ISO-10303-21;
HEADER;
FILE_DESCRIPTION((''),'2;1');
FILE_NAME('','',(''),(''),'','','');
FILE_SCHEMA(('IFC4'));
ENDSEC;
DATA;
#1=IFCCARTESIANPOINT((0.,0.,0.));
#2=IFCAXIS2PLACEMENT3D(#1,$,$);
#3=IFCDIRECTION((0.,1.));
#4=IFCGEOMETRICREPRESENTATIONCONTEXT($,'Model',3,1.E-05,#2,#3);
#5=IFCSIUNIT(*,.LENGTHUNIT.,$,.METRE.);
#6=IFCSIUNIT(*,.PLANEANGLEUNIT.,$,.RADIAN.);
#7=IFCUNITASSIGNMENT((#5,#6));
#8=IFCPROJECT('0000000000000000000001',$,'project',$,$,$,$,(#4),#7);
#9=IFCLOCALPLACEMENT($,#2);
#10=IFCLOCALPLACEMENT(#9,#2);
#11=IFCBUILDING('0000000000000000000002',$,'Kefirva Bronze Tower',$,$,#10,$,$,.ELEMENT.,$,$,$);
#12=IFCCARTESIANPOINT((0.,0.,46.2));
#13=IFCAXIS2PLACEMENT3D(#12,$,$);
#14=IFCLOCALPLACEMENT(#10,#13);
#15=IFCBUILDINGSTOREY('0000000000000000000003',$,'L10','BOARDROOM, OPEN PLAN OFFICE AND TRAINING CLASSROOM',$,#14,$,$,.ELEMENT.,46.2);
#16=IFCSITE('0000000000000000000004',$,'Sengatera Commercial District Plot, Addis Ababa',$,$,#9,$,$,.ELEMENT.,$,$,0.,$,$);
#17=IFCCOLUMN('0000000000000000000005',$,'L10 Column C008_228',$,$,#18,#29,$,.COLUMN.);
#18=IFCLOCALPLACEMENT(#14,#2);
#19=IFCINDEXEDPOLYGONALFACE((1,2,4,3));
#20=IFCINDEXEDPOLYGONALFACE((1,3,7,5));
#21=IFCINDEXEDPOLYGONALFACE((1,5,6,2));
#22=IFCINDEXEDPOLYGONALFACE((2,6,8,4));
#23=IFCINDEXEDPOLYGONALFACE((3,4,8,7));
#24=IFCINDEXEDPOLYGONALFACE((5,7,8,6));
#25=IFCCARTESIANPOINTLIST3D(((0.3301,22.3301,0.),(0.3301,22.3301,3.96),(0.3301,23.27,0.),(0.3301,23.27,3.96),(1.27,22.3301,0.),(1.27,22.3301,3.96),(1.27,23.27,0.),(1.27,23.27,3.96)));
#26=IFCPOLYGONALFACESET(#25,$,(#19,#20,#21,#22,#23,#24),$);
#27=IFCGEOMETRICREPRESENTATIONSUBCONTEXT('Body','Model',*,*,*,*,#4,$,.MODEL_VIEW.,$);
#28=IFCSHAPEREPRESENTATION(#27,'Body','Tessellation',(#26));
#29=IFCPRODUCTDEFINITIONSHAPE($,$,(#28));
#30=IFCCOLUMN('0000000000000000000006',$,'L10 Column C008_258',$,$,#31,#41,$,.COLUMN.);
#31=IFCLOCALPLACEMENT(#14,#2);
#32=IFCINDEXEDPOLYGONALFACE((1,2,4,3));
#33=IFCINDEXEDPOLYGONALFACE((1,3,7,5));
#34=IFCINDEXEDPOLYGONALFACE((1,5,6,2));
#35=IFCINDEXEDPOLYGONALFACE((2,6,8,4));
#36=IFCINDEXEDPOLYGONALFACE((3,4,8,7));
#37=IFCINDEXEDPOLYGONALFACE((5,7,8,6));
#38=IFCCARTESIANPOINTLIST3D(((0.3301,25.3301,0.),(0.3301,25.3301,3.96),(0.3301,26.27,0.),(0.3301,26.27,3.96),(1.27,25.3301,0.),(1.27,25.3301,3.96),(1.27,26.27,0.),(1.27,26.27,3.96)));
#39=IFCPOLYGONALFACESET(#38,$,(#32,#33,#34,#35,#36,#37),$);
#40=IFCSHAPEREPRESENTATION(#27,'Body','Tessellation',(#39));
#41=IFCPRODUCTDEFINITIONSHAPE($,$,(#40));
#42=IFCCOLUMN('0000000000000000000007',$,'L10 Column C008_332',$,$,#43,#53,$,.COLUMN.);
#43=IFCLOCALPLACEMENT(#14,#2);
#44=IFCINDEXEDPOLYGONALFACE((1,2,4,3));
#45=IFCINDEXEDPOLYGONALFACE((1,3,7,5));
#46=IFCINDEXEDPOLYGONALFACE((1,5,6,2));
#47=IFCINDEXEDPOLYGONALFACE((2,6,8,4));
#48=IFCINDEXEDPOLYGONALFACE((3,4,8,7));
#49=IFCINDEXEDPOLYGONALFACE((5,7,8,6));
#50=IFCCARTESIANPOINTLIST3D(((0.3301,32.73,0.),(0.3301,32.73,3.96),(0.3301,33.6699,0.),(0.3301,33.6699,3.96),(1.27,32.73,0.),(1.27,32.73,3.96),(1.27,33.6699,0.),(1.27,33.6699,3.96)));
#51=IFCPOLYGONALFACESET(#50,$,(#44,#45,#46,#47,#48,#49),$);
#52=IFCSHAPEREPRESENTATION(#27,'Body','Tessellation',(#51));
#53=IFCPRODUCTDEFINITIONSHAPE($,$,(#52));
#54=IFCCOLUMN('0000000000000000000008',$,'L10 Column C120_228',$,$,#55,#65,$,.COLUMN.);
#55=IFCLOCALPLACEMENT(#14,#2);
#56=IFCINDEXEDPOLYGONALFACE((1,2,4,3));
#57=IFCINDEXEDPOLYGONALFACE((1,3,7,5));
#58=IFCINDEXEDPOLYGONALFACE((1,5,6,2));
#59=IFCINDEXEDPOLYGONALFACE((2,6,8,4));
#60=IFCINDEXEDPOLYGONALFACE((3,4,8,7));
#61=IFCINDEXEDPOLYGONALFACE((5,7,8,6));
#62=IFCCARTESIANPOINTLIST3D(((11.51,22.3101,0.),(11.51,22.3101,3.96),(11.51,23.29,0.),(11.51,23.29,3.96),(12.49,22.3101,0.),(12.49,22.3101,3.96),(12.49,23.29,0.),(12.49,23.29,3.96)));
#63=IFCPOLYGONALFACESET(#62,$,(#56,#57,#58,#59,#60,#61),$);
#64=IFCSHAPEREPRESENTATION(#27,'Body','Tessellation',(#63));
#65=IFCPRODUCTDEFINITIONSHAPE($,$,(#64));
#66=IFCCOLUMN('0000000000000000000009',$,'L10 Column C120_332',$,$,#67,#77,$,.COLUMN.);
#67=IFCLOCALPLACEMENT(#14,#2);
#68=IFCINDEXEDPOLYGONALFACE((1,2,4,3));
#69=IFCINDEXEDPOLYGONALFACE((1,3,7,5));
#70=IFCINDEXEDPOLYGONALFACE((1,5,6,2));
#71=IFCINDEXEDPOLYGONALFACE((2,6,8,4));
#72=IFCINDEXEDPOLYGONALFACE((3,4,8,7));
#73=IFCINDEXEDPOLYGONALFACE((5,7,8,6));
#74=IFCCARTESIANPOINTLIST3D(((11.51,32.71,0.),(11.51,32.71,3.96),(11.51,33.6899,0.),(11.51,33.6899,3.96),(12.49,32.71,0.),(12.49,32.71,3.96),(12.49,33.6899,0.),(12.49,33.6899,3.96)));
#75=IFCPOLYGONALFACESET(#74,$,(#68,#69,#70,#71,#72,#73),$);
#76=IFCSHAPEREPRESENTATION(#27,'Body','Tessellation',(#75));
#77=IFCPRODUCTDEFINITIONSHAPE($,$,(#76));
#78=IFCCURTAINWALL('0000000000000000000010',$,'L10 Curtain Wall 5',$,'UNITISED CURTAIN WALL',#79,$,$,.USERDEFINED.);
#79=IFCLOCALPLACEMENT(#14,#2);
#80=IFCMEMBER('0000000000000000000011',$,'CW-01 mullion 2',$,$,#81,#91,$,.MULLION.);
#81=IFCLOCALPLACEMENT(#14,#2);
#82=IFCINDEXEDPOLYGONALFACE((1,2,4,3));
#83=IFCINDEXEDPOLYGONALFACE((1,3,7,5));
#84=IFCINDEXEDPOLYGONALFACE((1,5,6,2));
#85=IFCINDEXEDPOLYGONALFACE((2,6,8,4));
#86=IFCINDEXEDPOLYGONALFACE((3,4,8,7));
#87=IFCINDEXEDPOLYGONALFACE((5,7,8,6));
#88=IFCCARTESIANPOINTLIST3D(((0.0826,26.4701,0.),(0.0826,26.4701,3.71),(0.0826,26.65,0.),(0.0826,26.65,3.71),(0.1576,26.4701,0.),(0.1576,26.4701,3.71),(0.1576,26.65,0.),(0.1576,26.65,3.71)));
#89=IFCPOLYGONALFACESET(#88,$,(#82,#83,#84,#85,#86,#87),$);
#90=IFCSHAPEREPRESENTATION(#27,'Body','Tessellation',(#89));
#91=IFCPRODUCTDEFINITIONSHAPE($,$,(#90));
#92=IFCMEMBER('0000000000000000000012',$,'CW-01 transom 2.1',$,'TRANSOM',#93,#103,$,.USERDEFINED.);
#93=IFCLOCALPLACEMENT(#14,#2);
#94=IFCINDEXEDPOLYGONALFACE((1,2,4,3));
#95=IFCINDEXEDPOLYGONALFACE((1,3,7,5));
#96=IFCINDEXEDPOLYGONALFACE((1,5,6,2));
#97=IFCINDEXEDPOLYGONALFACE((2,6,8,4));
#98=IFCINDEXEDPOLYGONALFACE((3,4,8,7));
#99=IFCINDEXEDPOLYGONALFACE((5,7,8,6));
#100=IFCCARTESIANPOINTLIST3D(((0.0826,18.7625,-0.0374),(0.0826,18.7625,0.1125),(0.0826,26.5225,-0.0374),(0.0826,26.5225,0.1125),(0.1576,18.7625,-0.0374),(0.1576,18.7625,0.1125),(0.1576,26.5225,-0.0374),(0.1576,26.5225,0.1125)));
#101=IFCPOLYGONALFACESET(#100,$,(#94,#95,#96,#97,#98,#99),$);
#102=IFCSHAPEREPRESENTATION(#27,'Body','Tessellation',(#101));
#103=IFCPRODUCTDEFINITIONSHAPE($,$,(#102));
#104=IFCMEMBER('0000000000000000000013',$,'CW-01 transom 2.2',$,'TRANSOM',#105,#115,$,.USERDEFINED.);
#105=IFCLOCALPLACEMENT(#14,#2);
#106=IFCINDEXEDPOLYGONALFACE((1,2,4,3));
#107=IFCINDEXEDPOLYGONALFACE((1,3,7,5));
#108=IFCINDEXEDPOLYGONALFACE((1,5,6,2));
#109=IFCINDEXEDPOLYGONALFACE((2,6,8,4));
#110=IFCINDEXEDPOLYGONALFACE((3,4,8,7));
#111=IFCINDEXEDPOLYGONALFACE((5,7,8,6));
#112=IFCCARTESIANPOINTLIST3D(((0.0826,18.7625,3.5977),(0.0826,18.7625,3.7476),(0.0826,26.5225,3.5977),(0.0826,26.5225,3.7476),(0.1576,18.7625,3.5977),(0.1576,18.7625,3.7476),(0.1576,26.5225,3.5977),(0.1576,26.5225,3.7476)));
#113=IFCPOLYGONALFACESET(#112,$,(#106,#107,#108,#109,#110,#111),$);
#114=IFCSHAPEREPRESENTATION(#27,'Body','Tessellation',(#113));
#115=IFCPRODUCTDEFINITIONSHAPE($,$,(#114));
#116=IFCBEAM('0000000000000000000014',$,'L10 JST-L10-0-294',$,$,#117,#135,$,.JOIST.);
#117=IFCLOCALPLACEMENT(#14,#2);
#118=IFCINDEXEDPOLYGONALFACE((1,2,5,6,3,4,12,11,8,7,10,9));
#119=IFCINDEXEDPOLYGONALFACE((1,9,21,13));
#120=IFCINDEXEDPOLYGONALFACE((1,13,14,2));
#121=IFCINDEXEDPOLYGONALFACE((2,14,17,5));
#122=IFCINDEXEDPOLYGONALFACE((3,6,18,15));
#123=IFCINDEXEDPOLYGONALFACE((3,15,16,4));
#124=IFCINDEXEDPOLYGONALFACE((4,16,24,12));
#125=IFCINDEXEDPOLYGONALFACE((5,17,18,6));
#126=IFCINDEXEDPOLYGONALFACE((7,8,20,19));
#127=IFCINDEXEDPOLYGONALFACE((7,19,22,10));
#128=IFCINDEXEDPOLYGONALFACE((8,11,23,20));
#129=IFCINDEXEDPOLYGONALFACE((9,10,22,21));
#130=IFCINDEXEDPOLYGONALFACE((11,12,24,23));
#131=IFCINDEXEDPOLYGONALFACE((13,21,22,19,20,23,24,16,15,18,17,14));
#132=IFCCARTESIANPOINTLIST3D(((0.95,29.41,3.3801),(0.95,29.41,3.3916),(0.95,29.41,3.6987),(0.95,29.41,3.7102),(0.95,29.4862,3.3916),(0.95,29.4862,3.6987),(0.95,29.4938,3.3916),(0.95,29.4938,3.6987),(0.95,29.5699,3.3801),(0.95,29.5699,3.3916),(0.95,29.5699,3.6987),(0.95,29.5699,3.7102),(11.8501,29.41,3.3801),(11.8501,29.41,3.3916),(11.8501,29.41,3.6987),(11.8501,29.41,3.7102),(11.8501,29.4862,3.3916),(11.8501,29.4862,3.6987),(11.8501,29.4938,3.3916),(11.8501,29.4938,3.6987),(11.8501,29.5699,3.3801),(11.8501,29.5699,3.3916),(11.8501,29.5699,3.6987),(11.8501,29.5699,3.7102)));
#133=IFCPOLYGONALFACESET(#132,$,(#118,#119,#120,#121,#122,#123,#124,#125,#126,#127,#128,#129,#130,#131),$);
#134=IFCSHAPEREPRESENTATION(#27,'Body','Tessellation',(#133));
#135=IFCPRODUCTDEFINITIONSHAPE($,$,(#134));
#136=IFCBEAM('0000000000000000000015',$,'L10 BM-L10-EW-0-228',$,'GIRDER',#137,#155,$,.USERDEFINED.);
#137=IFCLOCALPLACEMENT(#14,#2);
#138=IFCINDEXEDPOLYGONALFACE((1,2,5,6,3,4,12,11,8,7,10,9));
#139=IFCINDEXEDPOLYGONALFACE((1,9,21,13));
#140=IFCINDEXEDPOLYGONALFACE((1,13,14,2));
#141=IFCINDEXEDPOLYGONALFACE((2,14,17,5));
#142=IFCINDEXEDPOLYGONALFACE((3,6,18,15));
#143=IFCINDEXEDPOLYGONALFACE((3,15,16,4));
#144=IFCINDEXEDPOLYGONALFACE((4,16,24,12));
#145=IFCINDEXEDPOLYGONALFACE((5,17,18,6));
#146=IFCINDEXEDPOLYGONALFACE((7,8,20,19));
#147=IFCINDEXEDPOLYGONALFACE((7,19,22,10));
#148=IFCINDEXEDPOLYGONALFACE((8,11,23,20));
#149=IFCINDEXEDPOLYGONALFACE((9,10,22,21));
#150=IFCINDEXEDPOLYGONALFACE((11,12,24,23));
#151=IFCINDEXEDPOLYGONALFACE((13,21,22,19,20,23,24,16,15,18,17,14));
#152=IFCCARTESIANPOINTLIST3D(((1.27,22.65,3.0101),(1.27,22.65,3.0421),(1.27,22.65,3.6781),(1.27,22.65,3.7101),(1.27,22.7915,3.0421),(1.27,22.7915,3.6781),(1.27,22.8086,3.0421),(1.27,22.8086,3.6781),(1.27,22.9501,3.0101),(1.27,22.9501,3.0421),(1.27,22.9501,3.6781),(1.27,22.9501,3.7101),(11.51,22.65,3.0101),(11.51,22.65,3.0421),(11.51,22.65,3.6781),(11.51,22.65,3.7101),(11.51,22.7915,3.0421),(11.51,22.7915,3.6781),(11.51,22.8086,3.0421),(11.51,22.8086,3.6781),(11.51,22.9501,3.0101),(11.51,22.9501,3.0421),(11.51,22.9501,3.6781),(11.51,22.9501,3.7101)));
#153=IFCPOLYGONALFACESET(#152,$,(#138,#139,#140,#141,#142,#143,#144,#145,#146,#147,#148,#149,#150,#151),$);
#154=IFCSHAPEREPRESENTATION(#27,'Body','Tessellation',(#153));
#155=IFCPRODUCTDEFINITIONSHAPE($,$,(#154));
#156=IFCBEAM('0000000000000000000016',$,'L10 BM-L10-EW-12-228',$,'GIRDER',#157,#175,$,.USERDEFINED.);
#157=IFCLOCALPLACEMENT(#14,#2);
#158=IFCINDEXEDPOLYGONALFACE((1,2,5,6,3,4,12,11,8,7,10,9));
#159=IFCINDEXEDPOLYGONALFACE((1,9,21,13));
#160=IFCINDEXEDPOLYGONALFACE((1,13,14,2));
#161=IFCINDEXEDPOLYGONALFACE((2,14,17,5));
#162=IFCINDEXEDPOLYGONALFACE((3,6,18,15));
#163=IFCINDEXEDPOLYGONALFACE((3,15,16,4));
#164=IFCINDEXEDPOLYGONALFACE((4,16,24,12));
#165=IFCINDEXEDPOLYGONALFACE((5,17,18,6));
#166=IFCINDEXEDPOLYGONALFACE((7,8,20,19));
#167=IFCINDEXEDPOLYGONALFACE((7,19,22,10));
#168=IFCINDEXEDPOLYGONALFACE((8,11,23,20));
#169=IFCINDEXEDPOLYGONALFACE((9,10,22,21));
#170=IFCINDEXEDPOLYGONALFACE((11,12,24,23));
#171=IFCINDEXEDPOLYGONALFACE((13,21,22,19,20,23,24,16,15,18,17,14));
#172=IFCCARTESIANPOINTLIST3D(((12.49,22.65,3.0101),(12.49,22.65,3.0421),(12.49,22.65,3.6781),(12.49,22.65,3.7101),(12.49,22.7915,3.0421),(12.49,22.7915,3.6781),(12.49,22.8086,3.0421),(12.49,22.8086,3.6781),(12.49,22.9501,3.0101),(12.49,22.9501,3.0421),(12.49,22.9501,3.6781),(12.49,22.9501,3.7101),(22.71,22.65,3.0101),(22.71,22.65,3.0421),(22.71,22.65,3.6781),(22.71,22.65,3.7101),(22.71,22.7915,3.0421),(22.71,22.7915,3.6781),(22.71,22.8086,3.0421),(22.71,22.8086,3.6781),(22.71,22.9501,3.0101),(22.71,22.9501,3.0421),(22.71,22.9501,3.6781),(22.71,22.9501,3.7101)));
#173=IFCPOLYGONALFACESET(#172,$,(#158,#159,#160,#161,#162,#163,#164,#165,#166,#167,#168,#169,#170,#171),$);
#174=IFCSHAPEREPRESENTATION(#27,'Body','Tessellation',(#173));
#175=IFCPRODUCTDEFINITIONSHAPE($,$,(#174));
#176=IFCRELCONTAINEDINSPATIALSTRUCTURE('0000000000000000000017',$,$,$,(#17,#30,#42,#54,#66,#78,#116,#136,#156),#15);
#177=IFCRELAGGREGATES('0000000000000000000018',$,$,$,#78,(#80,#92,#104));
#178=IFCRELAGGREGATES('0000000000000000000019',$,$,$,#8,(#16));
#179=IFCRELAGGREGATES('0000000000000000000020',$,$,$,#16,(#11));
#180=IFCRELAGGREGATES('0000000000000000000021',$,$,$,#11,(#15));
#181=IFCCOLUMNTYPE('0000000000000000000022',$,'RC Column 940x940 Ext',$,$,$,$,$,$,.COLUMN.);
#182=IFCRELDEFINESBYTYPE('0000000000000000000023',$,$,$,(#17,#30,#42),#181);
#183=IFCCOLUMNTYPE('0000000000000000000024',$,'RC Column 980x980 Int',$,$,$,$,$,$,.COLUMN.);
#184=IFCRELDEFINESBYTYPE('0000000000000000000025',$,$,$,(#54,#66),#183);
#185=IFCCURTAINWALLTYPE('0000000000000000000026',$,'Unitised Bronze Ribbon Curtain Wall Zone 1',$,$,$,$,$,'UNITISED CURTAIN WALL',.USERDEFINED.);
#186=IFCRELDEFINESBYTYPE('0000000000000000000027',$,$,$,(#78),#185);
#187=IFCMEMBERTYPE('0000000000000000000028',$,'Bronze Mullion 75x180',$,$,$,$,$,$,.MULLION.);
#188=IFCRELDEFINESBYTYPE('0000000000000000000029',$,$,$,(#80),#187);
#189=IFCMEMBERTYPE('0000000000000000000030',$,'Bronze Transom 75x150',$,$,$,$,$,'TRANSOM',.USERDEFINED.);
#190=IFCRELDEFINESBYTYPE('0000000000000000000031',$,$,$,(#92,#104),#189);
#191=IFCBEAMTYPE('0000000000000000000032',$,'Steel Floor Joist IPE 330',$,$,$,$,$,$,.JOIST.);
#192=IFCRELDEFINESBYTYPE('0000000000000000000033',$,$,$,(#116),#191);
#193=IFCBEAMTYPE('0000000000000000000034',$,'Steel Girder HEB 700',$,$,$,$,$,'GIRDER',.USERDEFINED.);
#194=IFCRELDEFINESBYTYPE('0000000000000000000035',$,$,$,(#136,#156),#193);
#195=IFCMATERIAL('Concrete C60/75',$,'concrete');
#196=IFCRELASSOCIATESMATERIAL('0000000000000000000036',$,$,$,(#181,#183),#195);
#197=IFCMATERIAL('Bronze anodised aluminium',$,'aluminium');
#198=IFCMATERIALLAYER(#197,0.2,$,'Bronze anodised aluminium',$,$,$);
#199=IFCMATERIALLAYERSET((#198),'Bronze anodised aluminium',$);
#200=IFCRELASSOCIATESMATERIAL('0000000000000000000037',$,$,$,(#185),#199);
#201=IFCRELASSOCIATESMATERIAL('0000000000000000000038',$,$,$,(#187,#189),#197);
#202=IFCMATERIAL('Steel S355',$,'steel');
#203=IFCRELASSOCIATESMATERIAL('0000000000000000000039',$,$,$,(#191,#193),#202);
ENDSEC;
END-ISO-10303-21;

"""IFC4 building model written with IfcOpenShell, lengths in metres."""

from ifc_helpers import new_model, si_unit, direction, frame, origin, origin_2d, place, context, subcontext, project, spatial, rectangle, i_section, extrude, material, layer, layer_set, material_profile, profile_set, type_object, element, aggregate, save


model = new_model("IFC4")

# Units and contexts
model_context = context("Model", 3, precision=1e-05, world=origin(), true_north=direction((0.0, 1.0)))
body_context = subcontext(model_context, "Body", "Model", "MODEL_VIEW")
ifc_project = project(units=[si_unit("LENGTHUNIT", "METRE"), si_unit("PLANEANGLEUNIT", "RADIAN")], contexts=[model_context])

# Site, building, storey
site_placement = place(None, origin())
site = spatial("IfcSite", under=ifc_project, at=site_placement, Name="Sengatera Commercial District Plot, Addis Ababa", CompositionType="ELEMENT", RefElevation=0.0)
building_placement = place(site_placement, origin())
building = spatial("IfcBuilding", under=site, at=building_placement, Name="Kefirva Bronze Tower", CompositionType="ELEMENT")
storey_placement = place(building_placement, frame((0.0, 0.0, 46.2)))
storey = spatial("IfcBuildingStorey", under=building, at=storey_placement, Name="L10", Description="BOARDROOM, OPEN PLAN OFFICE AND TRAINING CLASSROOM", CompositionType="ELEMENT", Elevation=46.2)

# Columns
ifc_material_1 = material(Name="Concrete C60/75", Category="concrete")
ifc_material_profile_1 = material_profile(ifc_material_1, rectangle(XDim=0.9399, YDim=0.9399, at=origin_2d()), Name="RC 940x940")
ifc_profile_set_1 = profile_set([ifc_material_profile_1], Name="Concrete C60/75")
column_type_1 = type_object("IfcColumnType", Name="RC Column 940x940 Ext", PredefinedType="COLUMN", material=ifc_profile_set_1)
for number, where, z_axis, x_axis, name in (
    (1, (0.8, 22.8, 0.0), (0.0, 0.0, 1.0), (1.0, 0.0, 0.0), "L10 Column C008_228"),
    (2, (0.8, 25.8, 0.0), (0.0, 0.0, 1.0), (1.0, 0.0, 0.0), "L10 Column C008_258"),
    (3, (0.8, 33.2, 0.0), (0.0, 0.0, 1.0), (1.0, 0.0, 0.0), "L10 Column C008_332"),
):
    element("IfcColumn", number, at=place(storey_placement, frame(where, z_axis=z_axis, x_axis=x_axis)), inside=storey, type_object=column_type_1, Name=name, PredefinedType="COLUMN", context=body_context, shape_type="SweptSolid", body=[
        extrude(rectangle(XDim=0.9399, YDim=0.9399, at=origin_2d()), origin(), (0.0, 0.0, 1.0), 3.96),
    ])
ifc_material_profile_2 = material_profile(ifc_material_1, rectangle(XDim=0.98, YDim=0.98, at=origin_2d()), Name="RC 980x980")
ifc_profile_set_2 = profile_set([ifc_material_profile_2], Name="Concrete C60/75")
column_type_2 = type_object("IfcColumnType", Name="RC Column 980x980 Int", PredefinedType="COLUMN", material=ifc_profile_set_2)
for number, where, z_axis, x_axis, name in (
    (4, (12.0, 22.8, 0.0), (0.0, 0.0, 1.0), (1.0, 0.0, 0.0), "L10 Column C120_228"),
    (5, (12.0, 33.2, 0.0), (0.0, 0.0, 1.0), (1.0, 0.0, 0.0), "L10 Column C120_332"),
):
    element("IfcColumn", number, at=place(storey_placement, frame(where, z_axis=z_axis, x_axis=x_axis)), inside=storey, type_object=column_type_2, Name=name, PredefinedType="COLUMN", context=body_context, shape_type="SweptSolid", body=[
        extrude(rectangle(XDim=0.98, YDim=0.98, at=origin_2d()), origin(), (0.0, 0.0, 1.0), 3.96),
    ])

# Curtain wall, members
ifc_material_2 = material(Name="Bronze anodised aluminium", Category="aluminium")
ifc_layer_1 = layer(ifc_material_2, 0.2, Name="Bronze anodised aluminium")
ifc_layer_set_1 = layer_set([ifc_layer_1], Name="Bronze anodised aluminium")
curtain_wall_type = type_object("IfcCurtainWallType", Name="Unitised Bronze Ribbon Curtain Wall Zone 1", ElementType="UNITISED CURTAIN WALL", PredefinedType="USERDEFINED", material=ifc_layer_set_1)
curtain_wall_placement = place(storey_placement, origin())
curtain_wall = element("IfcCurtainWall", 6, at=curtain_wall_placement, inside=storey, type_object=curtain_wall_type, Name="L10 Curtain Wall 5", ObjectType="UNITISED CURTAIN WALL", PredefinedType="USERDEFINED")
ifc_material_profile_3 = material_profile(ifc_material_2, rectangle(XDim=0.075, YDim=0.1799, at=origin_2d()), Name="ALU 75x180")
ifc_profile_set_3 = profile_set([ifc_material_profile_3], Name="Bronze anodised aluminium")
member_type_1 = type_object("IfcMemberType", Name="Bronze Mullion 75x180", PredefinedType="MULLION", material=ifc_profile_set_3)
member_1_placement = place(storey_placement, frame((0.1201, 26.5601, 0.0), z_axis=(0.0, 0.0, 1.0), x_axis=(1.0, 0.0, 0.0)))
member_1 = element("IfcMember", 7, at=member_1_placement, type_object=member_type_1, Name="CW-01 mullion 2", PredefinedType="MULLION", context=body_context, shape_type="SweptSolid", body=[
    extrude(rectangle(XDim=0.075, YDim=0.1799, at=origin_2d()), origin(), (0.0, 0.0, 1.0), 3.71),
])
ifc_material_profile_4 = material_profile(ifc_material_2, rectangle(XDim=0.075, YDim=0.1499, at=origin_2d()), Name="ALU 75x150")
ifc_profile_set_4 = profile_set([ifc_material_profile_4], Name="Bronze anodised aluminium")
member_type_2 = type_object("IfcMemberType", Name="Bronze Transom 75x150", ElementType="TRANSOM", PredefinedType="USERDEFINED", material=ifc_profile_set_4)
member_2_placement = place(storey_placement, frame((0.1201, 26.5225, 0.0376), z_axis=(0.0, -1.0, 0.0), x_axis=(1.0, 0.0, 0.0)))
member_2 = element("IfcMember", 8, at=member_2_placement, type_object=member_type_2, Name="CW-01 transom 2.1", ObjectType="TRANSOM", PredefinedType="USERDEFINED", context=body_context, shape_type="SweptSolid", body=[
    extrude(rectangle(XDim=0.075, YDim=0.1499, at=origin_2d()), origin(), (0.0, 0.0, 1.0), 7.76),
])
member_3_placement = place(storey_placement, frame((0.1201, 26.5225, 3.6726), z_axis=(0.0, -1.0, 0.0), x_axis=(1.0, 0.0, 0.0)))
member_3 = element("IfcMember", 9, at=member_3_placement, type_object=member_type_2, Name="CW-01 transom 2.2", ObjectType="TRANSOM", PredefinedType="USERDEFINED", context=body_context, shape_type="SweptSolid", body=[
    extrude(rectangle(XDim=0.075, YDim=0.1499, at=origin_2d()), origin(), (0.0, 0.0, 1.0), 7.76),
])

# Beams
ifc_material_3 = material(Name="Steel S355", Category="steel")
ifc_material_profile_5 = material_profile(ifc_material_3, i_section(OverallWidth=0.1599, OverallDepth=0.3301, WebThickness=0.0076, FlangeThickness=0.0115, at=origin_2d()), Name="IPE 330")
ifc_profile_set_5 = profile_set([ifc_material_profile_5], Name="Steel S355")
beam_type_1 = type_object("IfcBeamType", Name="Steel Floor Joist IPE 330", PredefinedType="JOIST", material=ifc_profile_set_5)
beam_1_placement = place(storey_placement, frame((0.95, 29.49, 3.5452), z_axis=(1.0, 0.0, 0.0), x_axis=(0.0, 1.0, 0.0)))
element("IfcBeam", 10, at=beam_1_placement, inside=storey, type_object=beam_type_1, Name="L10 JST-L10-0-294", PredefinedType="JOIST", context=body_context, shape_type="SweptSolid", body=[
    extrude(i_section(OverallWidth=0.1599, OverallDepth=0.3301, WebThickness=0.0076, FlangeThickness=0.0115, at=origin_2d()), origin(), (0.0, 0.0, 1.0), 10.9001),
])
ifc_material_profile_6 = material_profile(ifc_material_3, i_section(OverallWidth=0.3, OverallDepth=0.7, WebThickness=0.0171, FlangeThickness=0.032, at=origin_2d()), Name="HEB 700")
ifc_profile_set_6 = profile_set([ifc_material_profile_6], Name="Steel S355")
beam_type_2 = type_object("IfcBeamType", Name="Steel Girder HEB 700", ElementType="GIRDER", PredefinedType="USERDEFINED", material=ifc_profile_set_6)
beam_2_placement = place(storey_placement, frame((1.27, 22.8, 3.3601), z_axis=(1.0, 0.0, 0.0), x_axis=(0.0, 1.0, 0.0)))
element("IfcBeam", 11, at=beam_2_placement, inside=storey, type_object=beam_type_2, Name="L10 BM-L10-EW-0-228", ObjectType="GIRDER", PredefinedType="USERDEFINED", context=body_context, shape_type="SweptSolid", body=[
    extrude(i_section(OverallWidth=0.3, OverallDepth=0.7, WebThickness=0.0171, FlangeThickness=0.032, at=origin_2d()), origin(), (0.0, 0.0, 1.0), 10.24),
])
beam_3_placement = place(storey_placement, frame((12.49, 22.8, 3.3601), z_axis=(1.0, 0.0, 0.0), x_axis=(0.0, 1.0, 0.0)))
element("IfcBeam", 12, at=beam_3_placement, inside=storey, type_object=beam_type_2, Name="L10 BM-L10-EW-12-228", ObjectType="GIRDER", PredefinedType="USERDEFINED", context=body_context, shape_type="SweptSolid", body=[
    extrude(i_section(OverallWidth=0.3, OverallDepth=0.7, WebThickness=0.0171, FlangeThickness=0.032, at=origin_2d()), origin(), (0.0, 0.0, 1.0), 10.22),
])

aggregate(curtain_wall, [member_1, member_2, member_3])

save(model, "model.ifc")
